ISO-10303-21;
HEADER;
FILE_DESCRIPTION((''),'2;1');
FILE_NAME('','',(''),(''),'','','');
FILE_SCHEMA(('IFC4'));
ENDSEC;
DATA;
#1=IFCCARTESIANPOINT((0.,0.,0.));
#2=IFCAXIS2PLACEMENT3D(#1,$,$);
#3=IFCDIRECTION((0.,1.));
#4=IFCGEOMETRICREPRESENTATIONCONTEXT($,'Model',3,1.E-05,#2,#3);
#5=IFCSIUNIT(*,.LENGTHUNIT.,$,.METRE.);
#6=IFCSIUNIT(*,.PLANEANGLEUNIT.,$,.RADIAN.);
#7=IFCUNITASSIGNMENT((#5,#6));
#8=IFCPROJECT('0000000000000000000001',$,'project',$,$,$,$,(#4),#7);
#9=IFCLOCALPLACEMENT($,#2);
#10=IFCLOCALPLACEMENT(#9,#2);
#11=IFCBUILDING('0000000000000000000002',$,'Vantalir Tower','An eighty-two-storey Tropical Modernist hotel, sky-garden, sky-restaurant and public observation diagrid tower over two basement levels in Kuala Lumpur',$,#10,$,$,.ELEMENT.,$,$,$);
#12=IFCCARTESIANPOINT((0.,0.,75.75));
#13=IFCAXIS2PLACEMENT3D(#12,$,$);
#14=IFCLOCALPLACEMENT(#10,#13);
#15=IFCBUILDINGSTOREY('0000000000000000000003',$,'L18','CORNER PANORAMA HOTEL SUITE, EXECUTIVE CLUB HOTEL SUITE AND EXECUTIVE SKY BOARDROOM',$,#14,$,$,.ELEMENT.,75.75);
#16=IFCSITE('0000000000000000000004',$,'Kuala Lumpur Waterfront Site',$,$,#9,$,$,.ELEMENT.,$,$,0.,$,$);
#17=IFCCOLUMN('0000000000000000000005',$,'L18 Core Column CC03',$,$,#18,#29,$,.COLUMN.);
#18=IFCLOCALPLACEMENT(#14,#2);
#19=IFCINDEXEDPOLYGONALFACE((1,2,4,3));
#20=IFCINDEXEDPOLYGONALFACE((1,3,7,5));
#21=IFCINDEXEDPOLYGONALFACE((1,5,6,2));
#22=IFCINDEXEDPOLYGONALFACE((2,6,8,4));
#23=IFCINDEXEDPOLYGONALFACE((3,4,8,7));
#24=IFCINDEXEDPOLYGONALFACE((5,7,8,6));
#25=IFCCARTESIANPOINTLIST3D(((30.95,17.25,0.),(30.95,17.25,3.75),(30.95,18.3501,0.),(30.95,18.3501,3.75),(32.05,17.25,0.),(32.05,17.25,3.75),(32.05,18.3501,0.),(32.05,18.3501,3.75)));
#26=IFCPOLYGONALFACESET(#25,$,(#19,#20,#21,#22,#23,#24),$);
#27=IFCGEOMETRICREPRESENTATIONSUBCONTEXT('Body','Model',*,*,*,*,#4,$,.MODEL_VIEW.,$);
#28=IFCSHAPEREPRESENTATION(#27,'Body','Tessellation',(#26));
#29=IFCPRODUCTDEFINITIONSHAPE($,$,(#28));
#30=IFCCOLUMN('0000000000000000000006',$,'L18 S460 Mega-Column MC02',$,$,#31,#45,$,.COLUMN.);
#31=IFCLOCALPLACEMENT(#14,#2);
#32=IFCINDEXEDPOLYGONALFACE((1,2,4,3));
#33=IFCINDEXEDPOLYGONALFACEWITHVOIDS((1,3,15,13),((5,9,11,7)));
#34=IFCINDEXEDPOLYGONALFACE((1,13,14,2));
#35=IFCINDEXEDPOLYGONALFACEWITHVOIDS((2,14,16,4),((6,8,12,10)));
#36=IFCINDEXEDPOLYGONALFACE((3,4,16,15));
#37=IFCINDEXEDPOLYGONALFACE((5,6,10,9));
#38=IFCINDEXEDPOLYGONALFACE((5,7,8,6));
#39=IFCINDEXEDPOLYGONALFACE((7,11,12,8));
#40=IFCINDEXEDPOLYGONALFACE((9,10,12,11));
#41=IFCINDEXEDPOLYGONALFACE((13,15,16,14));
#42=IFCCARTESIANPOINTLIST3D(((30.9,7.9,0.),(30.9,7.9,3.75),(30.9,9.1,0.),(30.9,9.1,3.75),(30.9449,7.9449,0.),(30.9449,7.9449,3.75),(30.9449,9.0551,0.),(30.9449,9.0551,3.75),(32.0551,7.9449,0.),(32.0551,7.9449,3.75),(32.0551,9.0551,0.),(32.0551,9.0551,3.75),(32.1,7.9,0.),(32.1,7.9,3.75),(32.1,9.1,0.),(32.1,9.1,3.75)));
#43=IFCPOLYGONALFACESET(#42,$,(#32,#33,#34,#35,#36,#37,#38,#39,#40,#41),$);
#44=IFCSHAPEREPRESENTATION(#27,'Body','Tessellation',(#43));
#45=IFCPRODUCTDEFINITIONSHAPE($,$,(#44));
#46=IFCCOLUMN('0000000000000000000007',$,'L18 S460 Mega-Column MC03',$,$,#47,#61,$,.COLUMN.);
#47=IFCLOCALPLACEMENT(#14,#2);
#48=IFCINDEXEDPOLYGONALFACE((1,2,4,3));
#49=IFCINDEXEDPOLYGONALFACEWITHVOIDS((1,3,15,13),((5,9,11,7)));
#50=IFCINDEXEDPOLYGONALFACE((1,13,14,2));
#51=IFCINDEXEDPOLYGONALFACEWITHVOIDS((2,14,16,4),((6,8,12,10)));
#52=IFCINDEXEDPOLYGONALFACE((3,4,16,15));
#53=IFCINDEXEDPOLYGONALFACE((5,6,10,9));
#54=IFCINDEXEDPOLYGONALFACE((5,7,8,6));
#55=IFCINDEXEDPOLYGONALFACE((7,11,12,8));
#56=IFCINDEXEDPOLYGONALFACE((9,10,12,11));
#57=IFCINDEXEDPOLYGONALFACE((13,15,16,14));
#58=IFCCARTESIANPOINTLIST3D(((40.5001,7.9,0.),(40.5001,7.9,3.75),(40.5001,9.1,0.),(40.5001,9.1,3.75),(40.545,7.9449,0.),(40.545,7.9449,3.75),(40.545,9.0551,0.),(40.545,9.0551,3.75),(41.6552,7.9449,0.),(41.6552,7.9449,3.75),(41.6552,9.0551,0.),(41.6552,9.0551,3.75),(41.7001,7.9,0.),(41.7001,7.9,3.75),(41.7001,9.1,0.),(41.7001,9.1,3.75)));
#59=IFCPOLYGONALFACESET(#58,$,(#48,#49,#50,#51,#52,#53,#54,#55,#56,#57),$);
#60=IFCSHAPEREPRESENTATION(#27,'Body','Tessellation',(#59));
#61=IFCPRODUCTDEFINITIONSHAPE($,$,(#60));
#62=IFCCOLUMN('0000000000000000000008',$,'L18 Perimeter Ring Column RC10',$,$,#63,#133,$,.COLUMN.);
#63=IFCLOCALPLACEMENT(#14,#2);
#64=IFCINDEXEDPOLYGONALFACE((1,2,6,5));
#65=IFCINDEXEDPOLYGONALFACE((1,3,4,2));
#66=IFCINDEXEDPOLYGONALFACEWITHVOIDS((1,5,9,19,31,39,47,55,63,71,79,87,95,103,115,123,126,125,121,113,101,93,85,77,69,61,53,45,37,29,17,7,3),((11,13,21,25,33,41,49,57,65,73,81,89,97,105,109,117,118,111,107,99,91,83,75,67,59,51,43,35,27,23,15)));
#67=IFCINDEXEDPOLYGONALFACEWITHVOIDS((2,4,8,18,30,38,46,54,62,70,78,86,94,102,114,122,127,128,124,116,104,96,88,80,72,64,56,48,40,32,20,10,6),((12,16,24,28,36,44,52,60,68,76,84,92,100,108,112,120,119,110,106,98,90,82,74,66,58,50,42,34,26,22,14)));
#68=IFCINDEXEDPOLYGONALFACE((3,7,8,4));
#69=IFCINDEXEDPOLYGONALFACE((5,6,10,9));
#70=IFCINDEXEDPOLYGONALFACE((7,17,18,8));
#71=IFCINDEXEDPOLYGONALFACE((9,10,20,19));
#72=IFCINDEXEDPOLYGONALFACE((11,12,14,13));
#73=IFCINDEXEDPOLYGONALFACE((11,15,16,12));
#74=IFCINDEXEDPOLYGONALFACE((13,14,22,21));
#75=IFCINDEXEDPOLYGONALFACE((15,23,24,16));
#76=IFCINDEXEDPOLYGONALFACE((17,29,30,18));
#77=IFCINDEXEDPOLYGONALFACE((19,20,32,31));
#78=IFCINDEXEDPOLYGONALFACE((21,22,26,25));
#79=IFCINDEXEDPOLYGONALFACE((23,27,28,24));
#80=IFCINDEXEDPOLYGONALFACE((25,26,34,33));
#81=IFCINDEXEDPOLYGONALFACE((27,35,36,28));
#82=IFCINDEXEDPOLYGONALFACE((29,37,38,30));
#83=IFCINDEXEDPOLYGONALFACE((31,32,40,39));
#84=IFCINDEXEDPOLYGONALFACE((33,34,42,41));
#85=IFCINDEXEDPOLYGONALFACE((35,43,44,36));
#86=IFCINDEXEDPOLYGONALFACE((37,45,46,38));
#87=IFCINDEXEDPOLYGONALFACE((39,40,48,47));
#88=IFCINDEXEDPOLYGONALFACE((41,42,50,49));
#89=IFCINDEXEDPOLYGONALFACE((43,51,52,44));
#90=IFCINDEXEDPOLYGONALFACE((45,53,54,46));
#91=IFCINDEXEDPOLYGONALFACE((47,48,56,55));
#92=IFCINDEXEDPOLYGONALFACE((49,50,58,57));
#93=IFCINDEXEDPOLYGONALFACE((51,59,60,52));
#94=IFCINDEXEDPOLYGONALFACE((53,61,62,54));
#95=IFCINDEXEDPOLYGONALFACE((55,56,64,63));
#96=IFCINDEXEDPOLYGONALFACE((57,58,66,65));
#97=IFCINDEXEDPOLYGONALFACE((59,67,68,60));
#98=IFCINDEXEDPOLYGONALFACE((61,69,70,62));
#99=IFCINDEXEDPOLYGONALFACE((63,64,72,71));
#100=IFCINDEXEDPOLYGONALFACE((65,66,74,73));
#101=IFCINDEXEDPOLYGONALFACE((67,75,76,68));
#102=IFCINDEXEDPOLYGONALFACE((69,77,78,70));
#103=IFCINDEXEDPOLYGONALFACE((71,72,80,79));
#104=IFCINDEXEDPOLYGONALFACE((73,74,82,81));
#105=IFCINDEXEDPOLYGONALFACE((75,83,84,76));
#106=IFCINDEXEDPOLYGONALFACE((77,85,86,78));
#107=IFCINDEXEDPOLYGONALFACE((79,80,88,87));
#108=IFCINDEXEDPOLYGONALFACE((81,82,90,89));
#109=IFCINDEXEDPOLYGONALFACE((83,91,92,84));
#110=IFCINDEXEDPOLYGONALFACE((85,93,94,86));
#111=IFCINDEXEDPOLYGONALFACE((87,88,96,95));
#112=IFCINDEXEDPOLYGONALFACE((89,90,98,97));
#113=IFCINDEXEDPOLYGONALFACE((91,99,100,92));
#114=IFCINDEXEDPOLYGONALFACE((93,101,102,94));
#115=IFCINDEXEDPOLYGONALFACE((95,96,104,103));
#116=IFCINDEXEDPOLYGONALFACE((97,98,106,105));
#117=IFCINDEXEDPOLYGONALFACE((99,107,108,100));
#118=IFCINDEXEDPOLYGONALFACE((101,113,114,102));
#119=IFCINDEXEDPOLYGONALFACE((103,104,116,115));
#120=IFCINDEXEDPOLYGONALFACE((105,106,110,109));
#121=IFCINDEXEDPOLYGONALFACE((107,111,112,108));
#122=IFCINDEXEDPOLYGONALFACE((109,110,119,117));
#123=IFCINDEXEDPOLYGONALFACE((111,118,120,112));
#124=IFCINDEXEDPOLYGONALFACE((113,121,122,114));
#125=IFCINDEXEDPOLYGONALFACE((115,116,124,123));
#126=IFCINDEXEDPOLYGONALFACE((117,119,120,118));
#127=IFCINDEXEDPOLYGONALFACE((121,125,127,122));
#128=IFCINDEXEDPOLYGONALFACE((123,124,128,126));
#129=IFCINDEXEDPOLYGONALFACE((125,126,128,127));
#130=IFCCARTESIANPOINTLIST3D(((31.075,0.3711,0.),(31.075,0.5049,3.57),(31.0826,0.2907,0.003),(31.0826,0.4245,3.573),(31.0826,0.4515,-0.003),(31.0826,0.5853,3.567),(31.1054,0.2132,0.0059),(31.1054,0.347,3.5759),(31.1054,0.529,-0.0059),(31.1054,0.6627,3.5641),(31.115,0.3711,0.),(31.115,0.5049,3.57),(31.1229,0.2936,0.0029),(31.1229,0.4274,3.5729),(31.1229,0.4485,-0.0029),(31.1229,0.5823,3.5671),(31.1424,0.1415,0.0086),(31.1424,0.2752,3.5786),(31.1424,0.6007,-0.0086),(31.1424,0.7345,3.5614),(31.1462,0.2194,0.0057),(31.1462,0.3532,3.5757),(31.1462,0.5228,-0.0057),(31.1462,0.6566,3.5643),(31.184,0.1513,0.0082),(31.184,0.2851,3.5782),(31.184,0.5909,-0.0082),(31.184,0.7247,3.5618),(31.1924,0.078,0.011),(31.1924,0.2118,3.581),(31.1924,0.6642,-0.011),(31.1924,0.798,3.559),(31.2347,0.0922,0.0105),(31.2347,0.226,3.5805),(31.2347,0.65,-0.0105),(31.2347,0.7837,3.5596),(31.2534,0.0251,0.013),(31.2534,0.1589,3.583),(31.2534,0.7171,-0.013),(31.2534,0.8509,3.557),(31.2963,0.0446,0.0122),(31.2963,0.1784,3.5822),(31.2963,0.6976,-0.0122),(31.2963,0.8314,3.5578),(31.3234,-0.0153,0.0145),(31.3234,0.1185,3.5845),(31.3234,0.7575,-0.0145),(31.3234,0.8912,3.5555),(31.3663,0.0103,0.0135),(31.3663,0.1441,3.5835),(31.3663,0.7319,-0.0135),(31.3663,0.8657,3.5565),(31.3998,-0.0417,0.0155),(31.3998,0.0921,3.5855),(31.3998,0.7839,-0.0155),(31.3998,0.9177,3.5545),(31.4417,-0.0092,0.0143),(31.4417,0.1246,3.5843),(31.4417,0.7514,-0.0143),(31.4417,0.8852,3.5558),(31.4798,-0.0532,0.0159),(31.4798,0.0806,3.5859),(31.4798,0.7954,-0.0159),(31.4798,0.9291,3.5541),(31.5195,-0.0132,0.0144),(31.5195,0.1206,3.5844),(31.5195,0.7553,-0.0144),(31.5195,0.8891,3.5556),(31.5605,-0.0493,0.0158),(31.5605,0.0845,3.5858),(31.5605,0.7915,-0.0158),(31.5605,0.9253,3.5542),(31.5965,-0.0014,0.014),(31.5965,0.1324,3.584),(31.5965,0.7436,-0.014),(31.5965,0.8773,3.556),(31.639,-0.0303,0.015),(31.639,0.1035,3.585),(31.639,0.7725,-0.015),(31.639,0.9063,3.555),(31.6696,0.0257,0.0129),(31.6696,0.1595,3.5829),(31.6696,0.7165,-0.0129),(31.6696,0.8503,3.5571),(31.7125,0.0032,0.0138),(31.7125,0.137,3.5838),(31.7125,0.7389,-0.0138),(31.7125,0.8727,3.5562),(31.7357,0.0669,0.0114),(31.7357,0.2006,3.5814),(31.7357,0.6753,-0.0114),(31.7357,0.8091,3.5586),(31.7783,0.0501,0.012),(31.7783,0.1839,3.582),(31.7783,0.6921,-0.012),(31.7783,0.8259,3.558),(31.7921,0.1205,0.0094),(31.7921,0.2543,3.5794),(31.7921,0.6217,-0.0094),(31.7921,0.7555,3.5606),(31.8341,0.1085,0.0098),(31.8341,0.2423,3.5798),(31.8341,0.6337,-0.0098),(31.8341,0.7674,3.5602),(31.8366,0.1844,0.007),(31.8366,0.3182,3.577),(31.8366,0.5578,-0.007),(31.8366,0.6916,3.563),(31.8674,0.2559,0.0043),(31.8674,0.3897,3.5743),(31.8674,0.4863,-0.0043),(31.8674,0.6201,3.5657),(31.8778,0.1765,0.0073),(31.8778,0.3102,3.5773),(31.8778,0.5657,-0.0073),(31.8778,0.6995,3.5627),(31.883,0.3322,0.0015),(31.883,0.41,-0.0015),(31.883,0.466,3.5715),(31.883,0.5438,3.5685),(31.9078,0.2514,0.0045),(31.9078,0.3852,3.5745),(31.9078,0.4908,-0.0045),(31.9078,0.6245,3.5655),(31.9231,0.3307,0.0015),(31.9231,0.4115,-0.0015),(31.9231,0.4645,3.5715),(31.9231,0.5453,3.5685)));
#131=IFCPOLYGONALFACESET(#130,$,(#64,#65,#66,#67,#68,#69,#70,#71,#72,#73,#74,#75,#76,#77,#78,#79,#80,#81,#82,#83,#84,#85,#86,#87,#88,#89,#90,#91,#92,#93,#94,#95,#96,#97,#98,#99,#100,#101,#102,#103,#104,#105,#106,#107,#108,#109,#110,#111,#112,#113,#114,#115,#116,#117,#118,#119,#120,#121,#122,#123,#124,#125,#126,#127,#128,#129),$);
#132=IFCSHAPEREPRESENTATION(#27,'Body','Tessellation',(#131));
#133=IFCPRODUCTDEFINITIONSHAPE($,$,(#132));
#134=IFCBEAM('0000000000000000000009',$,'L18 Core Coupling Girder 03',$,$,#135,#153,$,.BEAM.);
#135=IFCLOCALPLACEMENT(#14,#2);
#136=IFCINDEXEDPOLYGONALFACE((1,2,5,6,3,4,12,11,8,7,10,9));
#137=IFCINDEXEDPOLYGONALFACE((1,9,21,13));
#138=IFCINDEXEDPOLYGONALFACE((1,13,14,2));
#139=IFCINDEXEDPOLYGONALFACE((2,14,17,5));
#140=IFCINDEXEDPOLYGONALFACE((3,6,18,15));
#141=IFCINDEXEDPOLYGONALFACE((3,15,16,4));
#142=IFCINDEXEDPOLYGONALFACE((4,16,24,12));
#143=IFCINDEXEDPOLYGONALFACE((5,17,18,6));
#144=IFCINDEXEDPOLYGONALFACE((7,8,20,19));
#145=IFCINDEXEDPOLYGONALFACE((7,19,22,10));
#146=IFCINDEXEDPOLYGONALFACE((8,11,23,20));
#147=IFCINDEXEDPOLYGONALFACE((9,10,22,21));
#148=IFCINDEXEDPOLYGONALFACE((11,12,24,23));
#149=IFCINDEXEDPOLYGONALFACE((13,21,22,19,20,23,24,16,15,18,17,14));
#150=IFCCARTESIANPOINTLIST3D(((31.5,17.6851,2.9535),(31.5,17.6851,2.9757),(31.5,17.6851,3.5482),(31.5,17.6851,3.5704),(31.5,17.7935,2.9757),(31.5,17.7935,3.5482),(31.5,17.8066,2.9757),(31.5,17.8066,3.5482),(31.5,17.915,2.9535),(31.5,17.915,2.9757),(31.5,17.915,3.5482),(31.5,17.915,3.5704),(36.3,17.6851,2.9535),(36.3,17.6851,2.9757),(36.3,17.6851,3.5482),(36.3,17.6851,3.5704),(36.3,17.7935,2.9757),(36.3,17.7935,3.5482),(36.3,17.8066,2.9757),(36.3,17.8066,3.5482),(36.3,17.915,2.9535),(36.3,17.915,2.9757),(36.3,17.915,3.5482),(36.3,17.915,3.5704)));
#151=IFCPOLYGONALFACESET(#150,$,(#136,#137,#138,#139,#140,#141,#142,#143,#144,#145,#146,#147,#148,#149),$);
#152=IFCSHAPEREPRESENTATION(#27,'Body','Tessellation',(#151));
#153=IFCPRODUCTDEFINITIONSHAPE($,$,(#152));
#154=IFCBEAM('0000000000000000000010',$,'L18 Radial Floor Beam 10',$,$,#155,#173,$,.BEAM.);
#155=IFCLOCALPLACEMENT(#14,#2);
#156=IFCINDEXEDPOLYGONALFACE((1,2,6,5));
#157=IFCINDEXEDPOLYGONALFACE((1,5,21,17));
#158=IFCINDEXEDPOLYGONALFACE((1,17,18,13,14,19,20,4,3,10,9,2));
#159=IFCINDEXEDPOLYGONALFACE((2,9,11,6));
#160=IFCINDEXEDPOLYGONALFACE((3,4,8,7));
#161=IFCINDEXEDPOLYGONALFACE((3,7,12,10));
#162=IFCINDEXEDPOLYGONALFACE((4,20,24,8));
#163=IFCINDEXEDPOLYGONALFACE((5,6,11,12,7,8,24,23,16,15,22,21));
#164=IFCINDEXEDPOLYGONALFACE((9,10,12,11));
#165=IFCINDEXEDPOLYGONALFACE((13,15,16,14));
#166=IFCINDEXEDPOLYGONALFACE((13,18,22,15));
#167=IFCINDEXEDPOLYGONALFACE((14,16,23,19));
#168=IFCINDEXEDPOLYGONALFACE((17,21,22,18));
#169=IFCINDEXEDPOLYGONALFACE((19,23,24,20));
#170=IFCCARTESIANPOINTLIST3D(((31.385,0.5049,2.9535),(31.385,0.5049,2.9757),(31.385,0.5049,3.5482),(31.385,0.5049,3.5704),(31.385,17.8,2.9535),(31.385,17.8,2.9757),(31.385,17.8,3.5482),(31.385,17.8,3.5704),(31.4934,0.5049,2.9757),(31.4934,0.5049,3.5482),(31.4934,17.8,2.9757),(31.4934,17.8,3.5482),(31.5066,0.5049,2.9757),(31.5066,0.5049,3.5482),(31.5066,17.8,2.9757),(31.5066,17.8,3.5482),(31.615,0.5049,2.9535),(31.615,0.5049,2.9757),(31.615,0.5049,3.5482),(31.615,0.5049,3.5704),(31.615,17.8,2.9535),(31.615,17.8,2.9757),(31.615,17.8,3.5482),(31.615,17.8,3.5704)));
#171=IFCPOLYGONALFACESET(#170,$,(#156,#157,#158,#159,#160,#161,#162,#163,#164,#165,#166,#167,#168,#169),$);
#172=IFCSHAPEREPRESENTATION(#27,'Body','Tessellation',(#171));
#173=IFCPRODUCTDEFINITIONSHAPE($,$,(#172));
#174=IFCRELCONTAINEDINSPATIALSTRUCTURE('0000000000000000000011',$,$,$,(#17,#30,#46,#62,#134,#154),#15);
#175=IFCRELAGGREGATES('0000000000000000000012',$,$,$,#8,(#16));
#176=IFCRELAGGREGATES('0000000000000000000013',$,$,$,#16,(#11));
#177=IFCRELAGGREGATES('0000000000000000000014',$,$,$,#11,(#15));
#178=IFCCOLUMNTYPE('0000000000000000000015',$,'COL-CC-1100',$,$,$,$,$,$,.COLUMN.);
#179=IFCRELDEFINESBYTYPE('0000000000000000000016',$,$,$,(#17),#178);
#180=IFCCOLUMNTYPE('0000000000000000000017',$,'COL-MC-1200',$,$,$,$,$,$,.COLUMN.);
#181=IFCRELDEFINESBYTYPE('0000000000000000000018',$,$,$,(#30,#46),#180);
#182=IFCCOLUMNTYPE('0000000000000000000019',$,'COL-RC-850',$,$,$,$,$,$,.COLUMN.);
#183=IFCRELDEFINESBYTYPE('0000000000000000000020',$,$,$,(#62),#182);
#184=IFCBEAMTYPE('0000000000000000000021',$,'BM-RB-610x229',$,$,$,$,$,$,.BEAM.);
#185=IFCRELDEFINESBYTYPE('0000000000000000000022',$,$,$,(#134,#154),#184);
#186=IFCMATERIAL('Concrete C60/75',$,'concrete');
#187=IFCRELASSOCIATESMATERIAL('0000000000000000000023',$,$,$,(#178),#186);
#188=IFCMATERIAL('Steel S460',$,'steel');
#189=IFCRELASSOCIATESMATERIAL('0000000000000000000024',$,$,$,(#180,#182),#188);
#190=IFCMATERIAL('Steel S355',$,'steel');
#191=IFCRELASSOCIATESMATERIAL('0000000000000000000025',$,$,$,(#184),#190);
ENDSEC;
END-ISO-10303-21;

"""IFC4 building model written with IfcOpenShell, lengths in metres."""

from ifc_helpers import new_model, si_unit, direction, frame, origin, origin_2d, place, context, subcontext, project, spatial, rectangle, hollow_rectangle, hollow_circle, i_section, extrude, material, material_profile, profile_set, type_object, element, save


model = new_model("IFC4")

# Units and contexts
model_context = context("Model", 3, precision=1e-05, world=origin(), true_north=direction((0.0, 1.0)))
body_context = subcontext(model_context, "Body", "Model", "MODEL_VIEW")
ifc_project = project(units=[si_unit("LENGTHUNIT", "METRE"), si_unit("PLANEANGLEUNIT", "RADIAN")], contexts=[model_context])

# Site, building, storey
site_placement = place(None, origin())
site = spatial("IfcSite", under=ifc_project, at=site_placement, Name="Kuala Lumpur Waterfront Site", CompositionType="ELEMENT", RefElevation=0.0)
building_placement = place(site_placement, origin())
building = spatial("IfcBuilding", under=site, at=building_placement, Name="Vantalir Tower", Description="An eighty-two-storey Tropical Modernist hotel, sky-garden, sky-restaurant and public observation diagrid tower over two basement levels in Kuala Lumpur", CompositionType="ELEMENT")
storey_placement = place(building_placement, frame((0.0, 0.0, 75.75)))
storey = spatial("IfcBuildingStorey", under=building, at=storey_placement, Name="L18", Description="CORNER PANORAMA HOTEL SUITE, EXECUTIVE CLUB HOTEL SUITE AND EXECUTIVE SKY BOARDROOM", CompositionType="ELEMENT", Elevation=75.75)

# Columns
ifc_material_1 = material(Name="Concrete C60/75", Category="concrete")
ifc_material_profile_1 = material_profile(ifc_material_1, rectangle(XDim=1.1001, YDim=1.1001, at=origin_2d()), Name="Concrete C60/75")
ifc_profile_set_1 = profile_set([ifc_material_profile_1], Name="Concrete C60/75")
column_type_1 = type_object("IfcColumnType", Name="COL-CC-1100", PredefinedType="COLUMN", material=ifc_profile_set_1)
column_1_placement = place(storey_placement, frame((31.5, 17.8, 0.0), z_axis=(0.0, 0.0, 1.0), x_axis=(1.0, 0.0, 0.0)))
element("IfcColumn", 1, at=column_1_placement, inside=storey, type_object=column_type_1, Name="L18 Core Column CC03", PredefinedType="COLUMN", context=body_context, shape_type="SweptSolid", body=[
    extrude(rectangle(XDim=1.1001, YDim=1.1001, at=origin_2d()), origin(), (0.0, 0.0, 1.0), 3.75),
])
ifc_material_2 = material(Name="Steel S460", Category="steel")
ifc_material_profile_2 = material_profile(ifc_material_2, hollow_rectangle(XDim=1.2, YDim=1.2, WallThickness=0.0449, at=origin_2d()), Name="Steel S460")
ifc_profile_set_2 = profile_set([ifc_material_profile_2], Name="Steel S460")
column_type_2 = type_object("IfcColumnType", Name="COL-MC-1200", PredefinedType="COLUMN", material=ifc_profile_set_2)
for number, where, z_axis, x_axis, name in (
    (2, (31.5, 8.5, 0.0), (0.0, 0.0, 1.0), (1.0, 0.0, 0.0), "L18 S460 Mega-Column MC02"),
    (3, (41.1001, 8.5, 0.0), (0.0, 0.0, 1.0), (1.0, 0.0, 0.0), "L18 S460 Mega-Column MC03"),
):
    element("IfcColumn", number, at=place(storey_placement, frame(where, z_axis=z_axis, x_axis=x_axis)), inside=storey, type_object=column_type_2, Name=name, PredefinedType="COLUMN", context=body_context, shape_type="SweptSolid", body=[
        extrude(hollow_rectangle(XDim=1.2, YDim=1.2, WallThickness=0.0449, at=origin_2d()), origin(), (0.0, 0.0, 1.0), 3.75),
    ])
ifc_material_profile_3 = material_profile(ifc_material_2, hollow_circle(Radius=0.425, WallThickness=0.04, at=origin_2d()), Name="Steel S460")
ifc_profile_set_3 = profile_set([ifc_material_profile_3], Name="Steel S460")
column_type_3 = type_object("IfcColumnType", Name="COL-RC-850", PredefinedType="COLUMN", material=ifc_profile_set_3)
column_2_placement = place(storey_placement, frame((31.5, 0.3711, 0.0), z_axis=(0.0, 0.037449, 0.999299), x_axis=(-1.0, 0.0, 0.0)))
element("IfcColumn", 4, at=column_2_placement, inside=storey, type_object=column_type_3, Name="L18 Perimeter Ring Column RC10", PredefinedType="COLUMN", context=body_context, shape_type="SweptSolid", body=[
    extrude(hollow_circle(Radius=0.425, WallThickness=0.04, at=origin_2d()), origin(), (0.0, 0.0, 1.0), 3.5725),
])

# Beams
ifc_material_3 = material(Name="Steel S355", Category="steel")
ifc_material_profile_4 = material_profile(ifc_material_3, i_section(OverallWidth=0.23, OverallDepth=0.6169, WebThickness=0.0132, FlangeThickness=0.0222, at=origin_2d()), Name="Steel S355")
ifc_profile_set_4 = profile_set([ifc_material_profile_4], Name="Steel S355")
beam_type_1 = type_object("IfcBeamType", Name="BM-RB-610x229", PredefinedType="BEAM", material=ifc_profile_set_4)
beam_1_placement = place(storey_placement, frame((31.5, 17.8, 3.262), z_axis=(1.0, 0.0, 0.0), x_axis=(0.0, 1.0, 0.0)))
element("IfcBeam", 5, at=beam_1_placement, inside=storey, type_object=beam_type_1, Name="L18 Core Coupling Girder 03", PredefinedType="BEAM", context=body_context, shape_type="SweptSolid", body=[
    extrude(i_section(OverallWidth=0.23, OverallDepth=0.6169, WebThickness=0.0132, FlangeThickness=0.0222, at=origin_2d()), origin(), (0.0, 0.0, 1.0), 4.8),
])
beam_2_placement = place(storey_placement, frame((31.5, 0.5049, 3.262), z_axis=(0.0, 1.0, 0.0), x_axis=(-1.0, 0.0, 0.0)))
element("IfcBeam", 6, at=beam_2_placement, inside=storey, type_object=beam_type_1, Name="L18 Radial Floor Beam 10", PredefinedType="BEAM", context=body_context, shape_type="SweptSolid", body=[
    extrude(i_section(OverallWidth=0.23, OverallDepth=0.6169, WebThickness=0.0132, FlangeThickness=0.0222, at=origin_2d()), origin(), (0.0, 0.0, 1.0), 17.2952),
])

save(model, "model.ifc")
